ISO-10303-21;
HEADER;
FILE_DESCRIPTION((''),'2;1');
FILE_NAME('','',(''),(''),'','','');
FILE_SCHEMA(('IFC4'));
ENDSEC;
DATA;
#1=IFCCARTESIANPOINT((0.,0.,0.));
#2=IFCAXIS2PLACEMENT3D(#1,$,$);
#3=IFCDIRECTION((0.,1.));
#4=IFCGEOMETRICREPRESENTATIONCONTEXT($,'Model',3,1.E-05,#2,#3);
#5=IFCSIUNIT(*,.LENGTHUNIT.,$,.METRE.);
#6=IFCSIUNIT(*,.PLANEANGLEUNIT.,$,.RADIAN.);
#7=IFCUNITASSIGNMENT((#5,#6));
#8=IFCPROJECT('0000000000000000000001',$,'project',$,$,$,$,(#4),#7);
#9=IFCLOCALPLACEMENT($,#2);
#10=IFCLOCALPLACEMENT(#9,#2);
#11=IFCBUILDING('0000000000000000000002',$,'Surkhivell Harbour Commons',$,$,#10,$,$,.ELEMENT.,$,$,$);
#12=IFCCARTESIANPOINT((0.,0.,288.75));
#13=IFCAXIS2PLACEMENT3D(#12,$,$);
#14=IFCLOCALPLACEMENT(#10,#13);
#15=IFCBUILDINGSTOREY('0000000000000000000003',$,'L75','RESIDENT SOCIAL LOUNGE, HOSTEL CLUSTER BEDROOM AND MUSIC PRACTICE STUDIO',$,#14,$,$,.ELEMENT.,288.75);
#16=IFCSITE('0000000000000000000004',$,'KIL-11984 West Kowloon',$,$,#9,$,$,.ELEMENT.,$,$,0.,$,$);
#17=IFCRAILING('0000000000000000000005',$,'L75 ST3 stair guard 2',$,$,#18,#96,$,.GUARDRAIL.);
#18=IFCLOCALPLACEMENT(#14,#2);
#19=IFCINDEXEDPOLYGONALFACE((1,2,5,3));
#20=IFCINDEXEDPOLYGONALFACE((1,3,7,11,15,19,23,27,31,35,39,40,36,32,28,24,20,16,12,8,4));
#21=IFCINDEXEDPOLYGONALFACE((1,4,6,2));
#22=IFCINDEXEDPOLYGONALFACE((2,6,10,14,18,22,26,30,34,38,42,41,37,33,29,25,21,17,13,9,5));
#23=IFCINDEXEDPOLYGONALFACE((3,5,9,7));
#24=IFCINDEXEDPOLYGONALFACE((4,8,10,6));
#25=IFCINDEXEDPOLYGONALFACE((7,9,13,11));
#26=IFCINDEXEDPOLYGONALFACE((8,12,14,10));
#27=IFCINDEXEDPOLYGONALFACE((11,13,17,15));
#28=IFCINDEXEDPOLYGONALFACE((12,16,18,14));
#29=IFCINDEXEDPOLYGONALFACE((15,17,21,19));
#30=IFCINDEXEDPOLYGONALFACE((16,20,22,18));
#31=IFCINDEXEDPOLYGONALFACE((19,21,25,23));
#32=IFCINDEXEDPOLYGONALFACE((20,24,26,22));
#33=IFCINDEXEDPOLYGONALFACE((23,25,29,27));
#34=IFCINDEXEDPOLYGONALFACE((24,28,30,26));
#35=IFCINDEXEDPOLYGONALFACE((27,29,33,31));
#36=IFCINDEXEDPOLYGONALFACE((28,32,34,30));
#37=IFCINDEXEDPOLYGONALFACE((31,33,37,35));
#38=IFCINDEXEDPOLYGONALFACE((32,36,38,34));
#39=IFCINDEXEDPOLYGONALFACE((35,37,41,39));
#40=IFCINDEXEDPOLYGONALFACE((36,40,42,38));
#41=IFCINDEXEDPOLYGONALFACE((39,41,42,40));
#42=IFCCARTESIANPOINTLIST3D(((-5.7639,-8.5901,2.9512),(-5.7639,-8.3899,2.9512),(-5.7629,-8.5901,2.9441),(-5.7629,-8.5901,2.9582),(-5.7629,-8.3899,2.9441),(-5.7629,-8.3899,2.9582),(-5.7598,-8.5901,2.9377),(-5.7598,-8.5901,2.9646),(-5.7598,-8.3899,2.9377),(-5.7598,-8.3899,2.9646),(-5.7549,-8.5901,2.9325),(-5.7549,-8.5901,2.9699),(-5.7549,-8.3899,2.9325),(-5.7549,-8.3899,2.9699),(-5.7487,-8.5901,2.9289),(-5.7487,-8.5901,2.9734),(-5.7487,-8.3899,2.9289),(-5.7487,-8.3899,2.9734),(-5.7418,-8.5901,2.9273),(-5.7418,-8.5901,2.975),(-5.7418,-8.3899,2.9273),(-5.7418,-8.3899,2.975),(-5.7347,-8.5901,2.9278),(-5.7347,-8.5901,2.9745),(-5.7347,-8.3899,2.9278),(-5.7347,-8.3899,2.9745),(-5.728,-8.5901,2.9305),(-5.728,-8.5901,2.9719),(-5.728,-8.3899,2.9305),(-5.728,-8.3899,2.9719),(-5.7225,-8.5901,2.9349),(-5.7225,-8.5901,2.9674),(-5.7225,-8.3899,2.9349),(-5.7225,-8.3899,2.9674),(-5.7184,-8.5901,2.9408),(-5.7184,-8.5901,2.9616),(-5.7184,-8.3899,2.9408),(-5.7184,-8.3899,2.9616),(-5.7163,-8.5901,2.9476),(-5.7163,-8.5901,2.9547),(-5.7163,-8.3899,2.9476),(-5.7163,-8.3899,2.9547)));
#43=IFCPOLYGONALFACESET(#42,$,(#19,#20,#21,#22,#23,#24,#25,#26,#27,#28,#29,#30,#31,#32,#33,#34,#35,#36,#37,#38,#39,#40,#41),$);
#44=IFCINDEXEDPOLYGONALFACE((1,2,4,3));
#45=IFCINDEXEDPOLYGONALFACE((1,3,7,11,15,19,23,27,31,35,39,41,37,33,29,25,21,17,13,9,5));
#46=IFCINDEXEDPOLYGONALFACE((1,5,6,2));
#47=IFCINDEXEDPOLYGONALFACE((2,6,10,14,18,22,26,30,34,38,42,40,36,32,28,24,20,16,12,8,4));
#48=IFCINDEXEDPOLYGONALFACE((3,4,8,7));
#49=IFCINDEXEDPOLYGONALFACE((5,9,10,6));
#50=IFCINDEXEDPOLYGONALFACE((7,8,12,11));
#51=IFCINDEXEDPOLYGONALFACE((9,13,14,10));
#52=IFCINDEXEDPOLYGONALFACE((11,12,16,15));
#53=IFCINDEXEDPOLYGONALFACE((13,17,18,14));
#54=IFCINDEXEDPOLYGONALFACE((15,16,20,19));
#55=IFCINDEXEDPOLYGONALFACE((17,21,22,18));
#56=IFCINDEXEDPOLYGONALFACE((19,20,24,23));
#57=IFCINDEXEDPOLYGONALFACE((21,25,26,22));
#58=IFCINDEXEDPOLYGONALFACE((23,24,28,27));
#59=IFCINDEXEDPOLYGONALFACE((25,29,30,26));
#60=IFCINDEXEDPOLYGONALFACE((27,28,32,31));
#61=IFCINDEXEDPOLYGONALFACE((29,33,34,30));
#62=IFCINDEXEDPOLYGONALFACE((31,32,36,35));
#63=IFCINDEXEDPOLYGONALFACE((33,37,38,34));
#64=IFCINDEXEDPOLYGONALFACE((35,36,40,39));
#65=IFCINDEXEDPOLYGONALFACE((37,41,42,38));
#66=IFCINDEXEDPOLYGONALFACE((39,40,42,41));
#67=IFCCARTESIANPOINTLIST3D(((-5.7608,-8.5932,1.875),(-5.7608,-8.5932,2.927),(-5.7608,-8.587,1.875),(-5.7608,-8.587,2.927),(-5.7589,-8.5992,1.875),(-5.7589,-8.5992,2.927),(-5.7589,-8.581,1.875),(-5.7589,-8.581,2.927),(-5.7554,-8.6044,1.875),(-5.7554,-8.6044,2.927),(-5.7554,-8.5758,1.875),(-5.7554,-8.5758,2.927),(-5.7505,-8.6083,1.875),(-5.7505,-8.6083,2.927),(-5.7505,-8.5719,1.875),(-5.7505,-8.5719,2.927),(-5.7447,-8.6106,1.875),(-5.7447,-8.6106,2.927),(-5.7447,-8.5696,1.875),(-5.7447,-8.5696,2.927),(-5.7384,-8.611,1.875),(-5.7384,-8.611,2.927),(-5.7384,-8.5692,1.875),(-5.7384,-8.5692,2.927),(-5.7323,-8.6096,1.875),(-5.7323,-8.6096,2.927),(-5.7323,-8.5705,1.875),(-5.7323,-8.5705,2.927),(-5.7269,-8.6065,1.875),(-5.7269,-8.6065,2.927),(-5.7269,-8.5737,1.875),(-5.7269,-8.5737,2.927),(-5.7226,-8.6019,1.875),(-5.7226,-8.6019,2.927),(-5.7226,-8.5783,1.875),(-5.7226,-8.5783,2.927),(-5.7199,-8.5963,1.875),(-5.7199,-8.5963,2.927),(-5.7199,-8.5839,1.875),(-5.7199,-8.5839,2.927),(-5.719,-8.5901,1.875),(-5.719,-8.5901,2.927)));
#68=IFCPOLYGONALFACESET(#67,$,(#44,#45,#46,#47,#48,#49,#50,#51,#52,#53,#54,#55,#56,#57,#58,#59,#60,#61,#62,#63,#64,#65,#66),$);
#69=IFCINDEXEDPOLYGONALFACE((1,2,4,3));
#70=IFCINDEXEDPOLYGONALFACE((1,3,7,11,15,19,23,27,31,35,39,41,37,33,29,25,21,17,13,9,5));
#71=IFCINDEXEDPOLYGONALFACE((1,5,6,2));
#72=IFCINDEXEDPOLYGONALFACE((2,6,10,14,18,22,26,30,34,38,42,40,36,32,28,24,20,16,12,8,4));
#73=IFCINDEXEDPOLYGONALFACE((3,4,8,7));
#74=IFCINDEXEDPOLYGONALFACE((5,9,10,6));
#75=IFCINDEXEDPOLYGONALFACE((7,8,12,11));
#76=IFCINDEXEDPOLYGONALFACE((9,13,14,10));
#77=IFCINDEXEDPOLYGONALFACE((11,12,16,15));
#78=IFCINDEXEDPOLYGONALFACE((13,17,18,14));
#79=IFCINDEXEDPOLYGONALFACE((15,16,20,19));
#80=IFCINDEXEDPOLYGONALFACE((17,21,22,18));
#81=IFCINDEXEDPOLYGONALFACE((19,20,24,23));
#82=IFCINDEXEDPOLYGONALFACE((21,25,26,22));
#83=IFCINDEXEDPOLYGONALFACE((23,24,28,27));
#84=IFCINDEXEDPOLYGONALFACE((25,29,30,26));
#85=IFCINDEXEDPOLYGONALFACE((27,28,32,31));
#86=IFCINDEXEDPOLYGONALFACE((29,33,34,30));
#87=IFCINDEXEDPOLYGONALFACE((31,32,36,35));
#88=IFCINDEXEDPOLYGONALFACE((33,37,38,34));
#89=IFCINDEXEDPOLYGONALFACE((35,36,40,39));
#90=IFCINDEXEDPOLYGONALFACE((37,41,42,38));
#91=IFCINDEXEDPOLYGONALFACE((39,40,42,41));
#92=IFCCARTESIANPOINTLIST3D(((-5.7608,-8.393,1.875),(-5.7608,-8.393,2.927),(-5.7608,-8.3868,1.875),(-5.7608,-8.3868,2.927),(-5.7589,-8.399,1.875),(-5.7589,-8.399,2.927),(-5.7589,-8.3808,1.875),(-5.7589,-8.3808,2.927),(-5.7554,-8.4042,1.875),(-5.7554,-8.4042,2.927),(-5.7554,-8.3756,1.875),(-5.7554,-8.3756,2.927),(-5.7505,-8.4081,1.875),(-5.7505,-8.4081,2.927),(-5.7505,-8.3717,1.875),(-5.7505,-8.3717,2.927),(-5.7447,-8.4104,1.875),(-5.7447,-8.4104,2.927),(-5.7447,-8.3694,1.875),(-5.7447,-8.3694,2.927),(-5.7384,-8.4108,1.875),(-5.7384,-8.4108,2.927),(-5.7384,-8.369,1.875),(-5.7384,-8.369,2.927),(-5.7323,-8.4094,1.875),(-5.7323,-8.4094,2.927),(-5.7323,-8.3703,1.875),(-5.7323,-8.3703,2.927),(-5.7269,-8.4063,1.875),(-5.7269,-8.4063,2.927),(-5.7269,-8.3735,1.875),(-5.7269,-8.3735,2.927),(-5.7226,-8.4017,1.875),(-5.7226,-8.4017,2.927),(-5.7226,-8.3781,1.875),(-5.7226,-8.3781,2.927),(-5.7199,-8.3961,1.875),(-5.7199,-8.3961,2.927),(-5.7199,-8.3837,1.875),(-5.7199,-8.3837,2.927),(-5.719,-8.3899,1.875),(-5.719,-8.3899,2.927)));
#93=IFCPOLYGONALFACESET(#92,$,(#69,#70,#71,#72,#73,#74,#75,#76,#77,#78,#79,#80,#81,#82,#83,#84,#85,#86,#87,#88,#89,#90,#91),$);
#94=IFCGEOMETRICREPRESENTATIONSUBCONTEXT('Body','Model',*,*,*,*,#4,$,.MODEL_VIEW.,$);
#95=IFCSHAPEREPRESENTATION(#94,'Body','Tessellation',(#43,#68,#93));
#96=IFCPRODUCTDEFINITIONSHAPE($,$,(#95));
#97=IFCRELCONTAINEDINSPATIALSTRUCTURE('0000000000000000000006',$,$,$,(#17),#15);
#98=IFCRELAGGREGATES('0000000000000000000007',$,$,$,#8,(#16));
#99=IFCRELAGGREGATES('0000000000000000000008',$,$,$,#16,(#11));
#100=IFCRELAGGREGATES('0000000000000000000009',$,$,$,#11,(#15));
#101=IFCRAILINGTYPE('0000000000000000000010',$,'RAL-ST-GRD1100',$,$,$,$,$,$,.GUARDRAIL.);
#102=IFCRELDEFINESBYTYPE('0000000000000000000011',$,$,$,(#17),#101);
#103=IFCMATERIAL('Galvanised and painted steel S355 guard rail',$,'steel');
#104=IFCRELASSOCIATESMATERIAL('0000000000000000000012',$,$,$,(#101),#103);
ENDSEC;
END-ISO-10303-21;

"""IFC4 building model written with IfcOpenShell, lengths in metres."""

from ifc_helpers import new_model, si_unit, direction, frame, origin, origin_2d, place, context, subcontext, project, spatial, circle, extrude, material, type_object, element, save


model = new_model("IFC4")

# Units and contexts
model_context = context("Model", 3, precision=1e-05, world=origin(), true_north=direction((0.0, 1.0)))
body_context = subcontext(model_context, "Body", "Model", "MODEL_VIEW")
ifc_project = project(units=[si_unit("LENGTHUNIT", "METRE"), si_unit("PLANEANGLEUNIT", "RADIAN")], contexts=[model_context])

# Site, building, storey
site_placement = place(None, origin())
site = spatial("IfcSite", under=ifc_project, at=site_placement, Name="KIL-11984 West Kowloon", CompositionType="ELEMENT", RefElevation=0.0)
building_placement = place(site_placement, origin())
building = spatial("IfcBuilding", under=site, at=building_placement, Name="Surkhivell Harbour Commons", CompositionType="ELEMENT")
storey_placement = place(building_placement, frame((0.0, 0.0, 288.75)))
storey = spatial("IfcBuildingStorey", under=building, at=storey_placement, Name="L75", Description="RESIDENT SOCIAL LOUNGE, HOSTEL CLUSTER BEDROOM AND MUSIC PRACTICE STUDIO", CompositionType="ELEMENT", Elevation=288.75)

# Railing
ifc_material_1 = material(Name="Galvanised and painted steel S355 guard rail", Category="steel")
railing_type_1 = type_object("IfcRailingType", Name="RAL-ST-GRD1100", PredefinedType="GUARDRAIL", material=ifc_material_1)
railing_1_placement = place(storey_placement, frame((-5.74, -8.5901, 1.875)))
element("IfcRailing", 1, at=railing_1_placement, inside=storey, type_object=railing_type_1, Name="L75 ST3 stair guard 2", PredefinedType="GUARDRAIL", context=body_context, shape_type="SweptSolid", body=[
    extrude(circle(Radius=0.0239, at=origin_2d()), frame((0.0, 0.0, 1.0762), z_axis=(0.0, 1.0, 0.0), x_axis=(-1.0, 0.0, 0.0)), (0.0, 0.0, 1.0), 0.2002),
    extrude(circle(Radius=0.021, at=origin_2d()), origin(), (0.0, 0.0, 1.0), 1.052),
    extrude(circle(Radius=0.021, at=origin_2d()), frame((0.0, 0.2002, 0.0)), (0.0, 0.0, 1.0), 1.052),
])

save(model, "model.ifc")
